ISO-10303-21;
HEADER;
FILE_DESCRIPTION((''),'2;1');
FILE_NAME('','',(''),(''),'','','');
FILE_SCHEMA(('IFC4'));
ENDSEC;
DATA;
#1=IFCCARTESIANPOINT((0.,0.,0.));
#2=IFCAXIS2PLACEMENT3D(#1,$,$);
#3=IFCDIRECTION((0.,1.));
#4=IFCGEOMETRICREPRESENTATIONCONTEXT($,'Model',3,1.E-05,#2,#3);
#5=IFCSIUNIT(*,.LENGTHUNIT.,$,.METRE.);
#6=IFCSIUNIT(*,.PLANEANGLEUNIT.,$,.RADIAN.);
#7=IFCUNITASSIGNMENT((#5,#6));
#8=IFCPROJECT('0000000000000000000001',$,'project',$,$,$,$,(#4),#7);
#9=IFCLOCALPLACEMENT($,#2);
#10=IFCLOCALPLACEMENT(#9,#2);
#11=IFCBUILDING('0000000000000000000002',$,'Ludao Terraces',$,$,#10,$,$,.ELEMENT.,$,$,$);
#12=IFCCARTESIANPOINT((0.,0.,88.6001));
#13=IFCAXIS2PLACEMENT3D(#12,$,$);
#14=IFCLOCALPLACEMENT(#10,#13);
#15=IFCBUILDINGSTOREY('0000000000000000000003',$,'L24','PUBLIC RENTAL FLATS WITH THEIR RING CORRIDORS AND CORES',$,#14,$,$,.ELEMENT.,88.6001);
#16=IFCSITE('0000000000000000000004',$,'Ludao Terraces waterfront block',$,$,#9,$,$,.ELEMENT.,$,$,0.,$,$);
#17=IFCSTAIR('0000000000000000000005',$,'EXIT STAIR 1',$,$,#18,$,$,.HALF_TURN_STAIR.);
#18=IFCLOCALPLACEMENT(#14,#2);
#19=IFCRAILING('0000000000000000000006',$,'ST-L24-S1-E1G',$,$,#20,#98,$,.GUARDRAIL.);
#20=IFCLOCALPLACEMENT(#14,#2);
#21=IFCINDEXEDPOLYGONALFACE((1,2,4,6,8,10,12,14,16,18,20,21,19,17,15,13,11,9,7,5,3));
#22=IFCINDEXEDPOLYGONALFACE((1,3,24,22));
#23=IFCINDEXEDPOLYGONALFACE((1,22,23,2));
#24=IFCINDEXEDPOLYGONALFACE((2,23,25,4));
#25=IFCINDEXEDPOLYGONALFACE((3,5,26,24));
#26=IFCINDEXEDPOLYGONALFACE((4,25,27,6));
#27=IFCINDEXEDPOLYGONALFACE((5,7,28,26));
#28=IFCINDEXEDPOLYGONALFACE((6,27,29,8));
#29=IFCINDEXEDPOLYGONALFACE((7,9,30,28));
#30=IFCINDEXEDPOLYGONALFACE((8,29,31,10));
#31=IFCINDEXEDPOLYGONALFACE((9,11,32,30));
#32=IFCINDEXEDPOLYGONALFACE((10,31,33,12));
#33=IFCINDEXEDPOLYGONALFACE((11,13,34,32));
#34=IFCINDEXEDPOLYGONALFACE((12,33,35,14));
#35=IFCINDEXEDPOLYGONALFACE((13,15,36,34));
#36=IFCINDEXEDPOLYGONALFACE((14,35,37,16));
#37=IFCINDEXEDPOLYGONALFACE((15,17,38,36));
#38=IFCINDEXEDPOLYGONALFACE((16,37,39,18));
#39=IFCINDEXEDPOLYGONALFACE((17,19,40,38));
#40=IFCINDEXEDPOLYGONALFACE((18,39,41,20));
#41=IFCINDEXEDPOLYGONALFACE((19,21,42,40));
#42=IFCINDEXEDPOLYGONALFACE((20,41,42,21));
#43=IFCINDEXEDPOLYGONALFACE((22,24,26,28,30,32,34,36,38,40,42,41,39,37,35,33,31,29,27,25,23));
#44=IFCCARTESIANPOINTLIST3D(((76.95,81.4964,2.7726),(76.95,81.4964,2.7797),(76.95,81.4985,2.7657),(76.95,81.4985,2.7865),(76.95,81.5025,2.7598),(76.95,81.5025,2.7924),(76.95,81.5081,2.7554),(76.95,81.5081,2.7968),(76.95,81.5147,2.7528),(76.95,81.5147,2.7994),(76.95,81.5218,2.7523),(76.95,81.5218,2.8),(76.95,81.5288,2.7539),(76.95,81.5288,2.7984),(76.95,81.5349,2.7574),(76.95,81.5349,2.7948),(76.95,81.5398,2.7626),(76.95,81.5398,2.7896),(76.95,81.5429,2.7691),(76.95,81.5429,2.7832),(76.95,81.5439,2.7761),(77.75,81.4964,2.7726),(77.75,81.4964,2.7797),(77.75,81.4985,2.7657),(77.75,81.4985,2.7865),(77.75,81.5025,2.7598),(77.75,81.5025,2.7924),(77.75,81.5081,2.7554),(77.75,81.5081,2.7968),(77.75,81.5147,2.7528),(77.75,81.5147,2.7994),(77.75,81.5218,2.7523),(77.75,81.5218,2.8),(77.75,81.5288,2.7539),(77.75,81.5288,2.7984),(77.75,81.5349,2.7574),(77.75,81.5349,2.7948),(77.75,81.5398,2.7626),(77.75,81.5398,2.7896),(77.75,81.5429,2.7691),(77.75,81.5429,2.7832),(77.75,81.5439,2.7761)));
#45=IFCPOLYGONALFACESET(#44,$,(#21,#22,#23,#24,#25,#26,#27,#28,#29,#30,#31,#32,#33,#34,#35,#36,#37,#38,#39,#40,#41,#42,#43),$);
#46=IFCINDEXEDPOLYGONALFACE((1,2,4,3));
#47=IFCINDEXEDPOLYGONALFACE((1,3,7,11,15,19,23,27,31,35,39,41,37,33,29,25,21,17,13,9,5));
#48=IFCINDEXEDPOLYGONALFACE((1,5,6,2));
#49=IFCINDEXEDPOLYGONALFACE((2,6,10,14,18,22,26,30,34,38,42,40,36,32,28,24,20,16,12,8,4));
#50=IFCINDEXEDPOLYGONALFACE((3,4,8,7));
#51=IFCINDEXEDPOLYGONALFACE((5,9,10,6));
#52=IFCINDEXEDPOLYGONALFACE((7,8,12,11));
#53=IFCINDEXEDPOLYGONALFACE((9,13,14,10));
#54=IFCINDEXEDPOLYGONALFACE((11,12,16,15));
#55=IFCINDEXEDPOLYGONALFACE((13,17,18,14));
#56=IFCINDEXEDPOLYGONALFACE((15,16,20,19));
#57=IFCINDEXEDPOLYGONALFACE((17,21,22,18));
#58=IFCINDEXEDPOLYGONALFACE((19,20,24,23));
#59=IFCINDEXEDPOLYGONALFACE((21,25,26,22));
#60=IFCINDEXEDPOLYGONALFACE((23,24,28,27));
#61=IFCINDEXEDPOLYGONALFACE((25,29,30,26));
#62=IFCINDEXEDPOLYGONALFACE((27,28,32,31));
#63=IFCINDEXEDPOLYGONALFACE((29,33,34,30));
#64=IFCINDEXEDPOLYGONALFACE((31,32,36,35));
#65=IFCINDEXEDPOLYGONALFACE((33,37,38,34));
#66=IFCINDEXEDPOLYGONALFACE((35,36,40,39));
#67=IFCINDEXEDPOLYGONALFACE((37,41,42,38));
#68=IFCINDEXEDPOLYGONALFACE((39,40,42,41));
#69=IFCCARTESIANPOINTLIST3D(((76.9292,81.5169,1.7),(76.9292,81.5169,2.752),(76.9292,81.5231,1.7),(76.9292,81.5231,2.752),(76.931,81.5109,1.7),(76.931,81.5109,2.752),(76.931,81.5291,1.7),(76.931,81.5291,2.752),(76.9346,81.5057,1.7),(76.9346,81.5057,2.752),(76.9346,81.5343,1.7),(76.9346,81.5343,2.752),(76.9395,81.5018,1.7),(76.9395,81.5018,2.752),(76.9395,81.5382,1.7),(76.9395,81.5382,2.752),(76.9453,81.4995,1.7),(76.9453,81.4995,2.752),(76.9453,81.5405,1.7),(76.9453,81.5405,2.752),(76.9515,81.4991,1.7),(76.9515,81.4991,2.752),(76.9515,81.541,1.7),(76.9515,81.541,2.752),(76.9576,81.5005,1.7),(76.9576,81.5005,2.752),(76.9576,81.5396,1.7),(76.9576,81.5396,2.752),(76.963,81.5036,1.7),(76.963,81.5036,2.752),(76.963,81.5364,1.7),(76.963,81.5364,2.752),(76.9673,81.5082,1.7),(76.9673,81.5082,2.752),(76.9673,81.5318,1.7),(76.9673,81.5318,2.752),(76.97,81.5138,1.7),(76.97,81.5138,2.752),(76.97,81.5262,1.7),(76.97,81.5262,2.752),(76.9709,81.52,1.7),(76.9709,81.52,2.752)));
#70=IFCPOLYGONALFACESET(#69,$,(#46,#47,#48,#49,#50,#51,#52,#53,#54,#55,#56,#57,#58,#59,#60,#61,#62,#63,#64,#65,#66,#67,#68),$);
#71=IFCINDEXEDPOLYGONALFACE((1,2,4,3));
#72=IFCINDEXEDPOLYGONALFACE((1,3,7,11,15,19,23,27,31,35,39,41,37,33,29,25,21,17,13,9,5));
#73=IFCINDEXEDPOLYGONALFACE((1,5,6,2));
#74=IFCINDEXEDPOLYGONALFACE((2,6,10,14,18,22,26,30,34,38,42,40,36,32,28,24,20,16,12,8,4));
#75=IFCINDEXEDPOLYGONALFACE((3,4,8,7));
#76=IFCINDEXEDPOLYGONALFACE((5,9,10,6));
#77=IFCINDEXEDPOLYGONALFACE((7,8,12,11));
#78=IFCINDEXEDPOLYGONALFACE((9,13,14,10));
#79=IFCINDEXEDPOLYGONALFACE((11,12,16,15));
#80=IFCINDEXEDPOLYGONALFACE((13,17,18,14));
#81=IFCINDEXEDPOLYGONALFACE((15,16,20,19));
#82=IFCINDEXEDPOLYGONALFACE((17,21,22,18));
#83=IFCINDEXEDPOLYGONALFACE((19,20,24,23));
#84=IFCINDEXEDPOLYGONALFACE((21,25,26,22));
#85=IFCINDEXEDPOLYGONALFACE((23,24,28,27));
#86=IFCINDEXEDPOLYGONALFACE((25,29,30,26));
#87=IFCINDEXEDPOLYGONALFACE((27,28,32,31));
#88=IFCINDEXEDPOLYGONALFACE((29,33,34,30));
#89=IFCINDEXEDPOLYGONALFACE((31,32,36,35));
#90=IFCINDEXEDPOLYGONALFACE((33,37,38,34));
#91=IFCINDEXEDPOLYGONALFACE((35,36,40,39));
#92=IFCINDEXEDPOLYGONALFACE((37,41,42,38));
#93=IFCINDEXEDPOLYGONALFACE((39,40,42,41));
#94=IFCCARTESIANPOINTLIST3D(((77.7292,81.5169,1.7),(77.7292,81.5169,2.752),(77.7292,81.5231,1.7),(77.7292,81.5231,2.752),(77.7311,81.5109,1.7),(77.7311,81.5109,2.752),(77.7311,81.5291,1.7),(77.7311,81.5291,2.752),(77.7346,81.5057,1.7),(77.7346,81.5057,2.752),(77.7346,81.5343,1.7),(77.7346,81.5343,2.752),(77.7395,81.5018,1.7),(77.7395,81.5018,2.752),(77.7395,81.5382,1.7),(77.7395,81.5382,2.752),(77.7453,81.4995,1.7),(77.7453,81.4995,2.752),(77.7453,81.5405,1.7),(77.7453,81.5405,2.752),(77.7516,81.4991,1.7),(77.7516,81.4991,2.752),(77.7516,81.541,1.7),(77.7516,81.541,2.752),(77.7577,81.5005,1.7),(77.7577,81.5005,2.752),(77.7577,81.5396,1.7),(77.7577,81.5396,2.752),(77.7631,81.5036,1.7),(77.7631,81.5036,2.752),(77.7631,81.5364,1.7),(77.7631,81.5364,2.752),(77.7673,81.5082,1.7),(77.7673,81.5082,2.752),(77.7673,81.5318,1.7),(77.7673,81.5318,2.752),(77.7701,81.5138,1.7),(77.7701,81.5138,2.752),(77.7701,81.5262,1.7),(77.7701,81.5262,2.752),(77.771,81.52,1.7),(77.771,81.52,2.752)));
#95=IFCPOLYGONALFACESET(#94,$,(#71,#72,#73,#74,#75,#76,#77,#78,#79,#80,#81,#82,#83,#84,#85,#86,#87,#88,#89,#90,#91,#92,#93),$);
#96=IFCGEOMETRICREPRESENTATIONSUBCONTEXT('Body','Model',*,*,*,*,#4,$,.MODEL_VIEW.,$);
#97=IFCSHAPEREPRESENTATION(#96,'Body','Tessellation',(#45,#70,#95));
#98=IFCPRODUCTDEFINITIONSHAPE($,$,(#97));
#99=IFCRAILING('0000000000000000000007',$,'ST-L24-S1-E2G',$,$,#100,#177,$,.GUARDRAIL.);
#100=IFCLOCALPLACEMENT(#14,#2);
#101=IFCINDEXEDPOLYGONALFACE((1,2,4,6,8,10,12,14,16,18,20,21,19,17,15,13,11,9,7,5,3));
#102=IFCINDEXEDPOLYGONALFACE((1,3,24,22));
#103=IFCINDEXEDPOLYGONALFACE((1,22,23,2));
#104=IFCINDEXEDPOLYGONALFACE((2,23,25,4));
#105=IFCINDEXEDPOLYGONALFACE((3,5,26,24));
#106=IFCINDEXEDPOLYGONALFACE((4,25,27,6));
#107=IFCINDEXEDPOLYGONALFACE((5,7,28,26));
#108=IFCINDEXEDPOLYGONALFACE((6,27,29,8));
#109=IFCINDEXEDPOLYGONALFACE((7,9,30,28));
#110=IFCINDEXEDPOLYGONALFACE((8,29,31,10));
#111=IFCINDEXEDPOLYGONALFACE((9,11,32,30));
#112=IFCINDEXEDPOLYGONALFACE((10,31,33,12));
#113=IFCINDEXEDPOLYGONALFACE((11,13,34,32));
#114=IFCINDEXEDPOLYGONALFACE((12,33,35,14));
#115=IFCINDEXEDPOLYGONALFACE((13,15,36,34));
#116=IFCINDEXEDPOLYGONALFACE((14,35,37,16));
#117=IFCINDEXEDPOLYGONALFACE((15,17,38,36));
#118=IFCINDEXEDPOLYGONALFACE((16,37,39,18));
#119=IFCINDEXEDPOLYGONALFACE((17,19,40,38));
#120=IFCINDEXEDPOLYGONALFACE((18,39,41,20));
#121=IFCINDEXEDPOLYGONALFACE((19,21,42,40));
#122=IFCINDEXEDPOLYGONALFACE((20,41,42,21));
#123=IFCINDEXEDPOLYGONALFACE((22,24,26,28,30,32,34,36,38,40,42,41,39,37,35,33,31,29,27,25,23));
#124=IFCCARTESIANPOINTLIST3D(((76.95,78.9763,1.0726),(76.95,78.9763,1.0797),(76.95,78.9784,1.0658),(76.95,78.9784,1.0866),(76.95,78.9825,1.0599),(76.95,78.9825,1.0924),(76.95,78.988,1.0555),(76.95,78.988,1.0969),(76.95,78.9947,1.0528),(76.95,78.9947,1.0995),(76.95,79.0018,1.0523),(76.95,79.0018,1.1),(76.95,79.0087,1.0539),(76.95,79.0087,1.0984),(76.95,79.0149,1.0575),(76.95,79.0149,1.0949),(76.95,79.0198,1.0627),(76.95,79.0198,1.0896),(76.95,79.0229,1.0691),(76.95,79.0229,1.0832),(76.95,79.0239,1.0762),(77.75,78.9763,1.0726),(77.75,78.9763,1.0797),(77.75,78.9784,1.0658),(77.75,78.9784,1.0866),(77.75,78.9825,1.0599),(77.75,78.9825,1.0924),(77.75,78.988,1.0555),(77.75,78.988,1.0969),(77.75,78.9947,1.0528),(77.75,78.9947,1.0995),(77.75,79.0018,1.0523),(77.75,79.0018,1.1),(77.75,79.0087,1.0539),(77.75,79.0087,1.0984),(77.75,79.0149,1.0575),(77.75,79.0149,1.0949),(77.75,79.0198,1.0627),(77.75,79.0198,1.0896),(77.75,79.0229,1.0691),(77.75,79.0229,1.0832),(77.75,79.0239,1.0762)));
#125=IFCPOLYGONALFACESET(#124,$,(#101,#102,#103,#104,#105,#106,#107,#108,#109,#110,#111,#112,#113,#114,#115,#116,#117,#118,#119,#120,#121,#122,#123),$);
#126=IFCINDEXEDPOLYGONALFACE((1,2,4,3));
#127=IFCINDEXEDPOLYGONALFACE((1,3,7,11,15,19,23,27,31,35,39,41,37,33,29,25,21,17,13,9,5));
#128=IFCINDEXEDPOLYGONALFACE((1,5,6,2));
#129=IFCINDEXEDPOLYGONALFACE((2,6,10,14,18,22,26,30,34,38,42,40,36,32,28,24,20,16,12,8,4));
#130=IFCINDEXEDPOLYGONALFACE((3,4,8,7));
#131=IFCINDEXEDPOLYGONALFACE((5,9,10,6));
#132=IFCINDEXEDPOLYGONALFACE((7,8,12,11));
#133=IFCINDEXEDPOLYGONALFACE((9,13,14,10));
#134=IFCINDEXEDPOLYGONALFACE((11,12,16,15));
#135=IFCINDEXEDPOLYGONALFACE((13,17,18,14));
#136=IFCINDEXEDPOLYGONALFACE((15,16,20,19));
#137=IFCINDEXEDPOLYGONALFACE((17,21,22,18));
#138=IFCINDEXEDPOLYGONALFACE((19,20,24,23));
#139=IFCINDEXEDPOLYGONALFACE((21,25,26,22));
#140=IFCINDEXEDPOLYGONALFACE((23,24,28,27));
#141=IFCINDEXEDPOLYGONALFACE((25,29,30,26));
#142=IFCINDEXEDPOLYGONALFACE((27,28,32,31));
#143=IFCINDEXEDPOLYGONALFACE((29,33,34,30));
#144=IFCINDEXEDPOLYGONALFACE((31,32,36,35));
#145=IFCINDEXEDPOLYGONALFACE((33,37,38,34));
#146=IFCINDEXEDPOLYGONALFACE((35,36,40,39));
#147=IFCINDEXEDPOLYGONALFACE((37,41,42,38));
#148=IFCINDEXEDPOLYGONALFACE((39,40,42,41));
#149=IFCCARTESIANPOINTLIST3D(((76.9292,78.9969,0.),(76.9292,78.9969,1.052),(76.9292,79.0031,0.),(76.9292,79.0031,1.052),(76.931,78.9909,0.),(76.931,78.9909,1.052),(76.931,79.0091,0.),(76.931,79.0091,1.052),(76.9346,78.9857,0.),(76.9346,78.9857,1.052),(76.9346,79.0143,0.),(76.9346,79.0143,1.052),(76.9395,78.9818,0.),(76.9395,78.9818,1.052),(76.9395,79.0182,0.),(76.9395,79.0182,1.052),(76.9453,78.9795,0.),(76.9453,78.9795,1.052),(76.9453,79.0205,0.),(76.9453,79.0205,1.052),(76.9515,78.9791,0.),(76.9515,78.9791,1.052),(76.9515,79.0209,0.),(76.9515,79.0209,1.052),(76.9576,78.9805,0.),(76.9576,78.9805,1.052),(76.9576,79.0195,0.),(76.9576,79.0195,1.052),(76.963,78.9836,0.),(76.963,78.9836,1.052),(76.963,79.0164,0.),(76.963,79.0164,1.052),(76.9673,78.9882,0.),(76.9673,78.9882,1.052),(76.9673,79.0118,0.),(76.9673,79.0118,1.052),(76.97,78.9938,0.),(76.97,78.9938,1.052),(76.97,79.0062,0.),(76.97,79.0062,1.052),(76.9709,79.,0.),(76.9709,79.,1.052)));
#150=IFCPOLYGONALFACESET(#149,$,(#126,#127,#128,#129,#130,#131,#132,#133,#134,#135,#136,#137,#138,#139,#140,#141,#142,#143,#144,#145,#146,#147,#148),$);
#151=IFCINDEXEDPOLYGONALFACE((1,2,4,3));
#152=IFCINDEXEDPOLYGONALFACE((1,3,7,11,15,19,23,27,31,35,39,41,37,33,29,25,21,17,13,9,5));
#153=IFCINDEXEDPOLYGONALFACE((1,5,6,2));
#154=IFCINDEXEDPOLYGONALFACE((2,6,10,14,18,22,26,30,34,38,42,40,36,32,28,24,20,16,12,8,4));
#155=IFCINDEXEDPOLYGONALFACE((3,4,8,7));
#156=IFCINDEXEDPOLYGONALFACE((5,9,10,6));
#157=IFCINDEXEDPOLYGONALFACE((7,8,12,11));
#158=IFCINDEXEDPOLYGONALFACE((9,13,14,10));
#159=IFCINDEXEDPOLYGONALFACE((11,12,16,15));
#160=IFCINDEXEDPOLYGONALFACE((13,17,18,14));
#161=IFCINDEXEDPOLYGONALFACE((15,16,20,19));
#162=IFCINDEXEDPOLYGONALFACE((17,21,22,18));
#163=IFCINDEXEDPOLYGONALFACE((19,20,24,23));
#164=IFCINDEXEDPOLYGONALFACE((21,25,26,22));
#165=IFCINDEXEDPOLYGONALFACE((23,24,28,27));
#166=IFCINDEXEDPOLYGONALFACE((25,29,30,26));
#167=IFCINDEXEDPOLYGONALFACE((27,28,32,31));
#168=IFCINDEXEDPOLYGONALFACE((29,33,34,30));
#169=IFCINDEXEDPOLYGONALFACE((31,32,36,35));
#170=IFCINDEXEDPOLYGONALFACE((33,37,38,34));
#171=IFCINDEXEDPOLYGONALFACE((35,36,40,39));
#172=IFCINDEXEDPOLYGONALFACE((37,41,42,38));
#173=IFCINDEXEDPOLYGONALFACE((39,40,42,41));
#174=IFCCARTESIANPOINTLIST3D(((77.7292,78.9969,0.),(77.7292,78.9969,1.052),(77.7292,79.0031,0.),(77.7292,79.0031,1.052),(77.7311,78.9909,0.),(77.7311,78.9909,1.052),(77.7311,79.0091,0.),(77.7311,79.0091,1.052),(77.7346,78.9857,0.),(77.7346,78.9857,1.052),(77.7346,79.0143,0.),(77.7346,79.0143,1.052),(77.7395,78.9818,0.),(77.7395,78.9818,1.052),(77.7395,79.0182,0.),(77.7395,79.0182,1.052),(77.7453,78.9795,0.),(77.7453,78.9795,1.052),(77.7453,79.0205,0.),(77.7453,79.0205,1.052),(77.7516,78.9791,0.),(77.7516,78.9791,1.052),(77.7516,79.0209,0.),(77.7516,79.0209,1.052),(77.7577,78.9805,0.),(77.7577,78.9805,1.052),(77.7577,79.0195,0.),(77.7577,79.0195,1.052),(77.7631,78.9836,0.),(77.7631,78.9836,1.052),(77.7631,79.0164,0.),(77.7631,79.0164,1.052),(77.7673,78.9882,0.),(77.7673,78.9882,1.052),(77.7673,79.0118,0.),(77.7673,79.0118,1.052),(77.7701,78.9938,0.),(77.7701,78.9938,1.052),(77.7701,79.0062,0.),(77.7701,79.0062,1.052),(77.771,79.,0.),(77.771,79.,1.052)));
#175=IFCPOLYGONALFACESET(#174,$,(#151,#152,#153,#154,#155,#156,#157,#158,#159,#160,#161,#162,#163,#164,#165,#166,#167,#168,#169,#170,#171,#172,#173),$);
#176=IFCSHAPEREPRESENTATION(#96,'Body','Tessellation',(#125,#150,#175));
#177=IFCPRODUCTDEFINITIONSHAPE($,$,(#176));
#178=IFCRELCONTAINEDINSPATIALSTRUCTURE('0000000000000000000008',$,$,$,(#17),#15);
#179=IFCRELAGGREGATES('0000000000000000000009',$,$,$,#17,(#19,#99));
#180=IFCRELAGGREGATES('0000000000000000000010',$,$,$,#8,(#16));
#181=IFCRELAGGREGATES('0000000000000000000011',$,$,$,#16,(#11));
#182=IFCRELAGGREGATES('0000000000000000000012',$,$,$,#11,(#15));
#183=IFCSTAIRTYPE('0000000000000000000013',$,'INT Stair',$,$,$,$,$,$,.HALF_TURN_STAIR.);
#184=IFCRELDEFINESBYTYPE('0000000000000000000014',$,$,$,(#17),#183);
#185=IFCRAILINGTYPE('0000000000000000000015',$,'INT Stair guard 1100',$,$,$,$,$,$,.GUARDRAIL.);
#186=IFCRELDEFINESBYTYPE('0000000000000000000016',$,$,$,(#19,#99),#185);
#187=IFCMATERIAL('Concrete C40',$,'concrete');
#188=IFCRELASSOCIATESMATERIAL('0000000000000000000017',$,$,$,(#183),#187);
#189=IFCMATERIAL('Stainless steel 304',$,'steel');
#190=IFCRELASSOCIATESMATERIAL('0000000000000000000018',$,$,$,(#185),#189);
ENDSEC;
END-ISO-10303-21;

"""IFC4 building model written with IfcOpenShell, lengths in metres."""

from ifc_helpers import new_model, si_unit, direction, frame, origin, origin_2d, place, context, subcontext, project, spatial, circle, extrude, material, type_object, element, aggregate, save


model = new_model("IFC4")

# Units and contexts
model_context = context("Model", 3, precision=1e-05, world=origin(), true_north=direction((0.0, 1.0)))
body_context = subcontext(model_context, "Body", "Model", "MODEL_VIEW")
ifc_project = project(units=[si_unit("LENGTHUNIT", "METRE"), si_unit("PLANEANGLEUNIT", "RADIAN")], contexts=[model_context])

# Site, building, storey
site_placement = place(None, origin())
site = spatial("IfcSite", under=ifc_project, at=site_placement, Name="Ludao Terraces waterfront block", CompositionType="ELEMENT", RefElevation=0.0)
building_placement = place(site_placement, origin())
building = spatial("IfcBuilding", under=site, at=building_placement, Name="Ludao Terraces", CompositionType="ELEMENT")
storey_placement = place(building_placement, frame((0.0, 0.0, 88.6001)))
storey = spatial("IfcBuildingStorey", under=building, at=storey_placement, Name="L24", Description="PUBLIC RENTAL FLATS WITH THEIR RING CORRIDORS AND CORES", CompositionType="ELEMENT", Elevation=88.6001)

# Shared definitions
ifc_material_1 = material(Name="Stainless steel 304", Category="steel")

# Stair, railings
ifc_material_2 = material(Name="Concrete C40", Category="concrete")
stair_type = type_object("IfcStairType", Name="INT Stair", PredefinedType="HALF_TURN_STAIR", material=ifc_material_2)
stair_placement = place(storey_placement, origin())
stair = element("IfcStair", 1, at=stair_placement, inside=storey, type_object=stair_type, Name="EXIT STAIR 1", PredefinedType="HALF_TURN_STAIR")
railing_type_1 = type_object("IfcRailingType", Name="INT Stair guard 1100", PredefinedType="GUARDRAIL", material=ifc_material_1)
railing_1_placement = place(storey_placement, frame((76.95, 81.52, 1.7)))
railing_1 = element("IfcRailing", 2, at=railing_1_placement, type_object=railing_type_1, Name="ST-L24-S1-E1G", PredefinedType="GUARDRAIL", context=body_context, shape_type="SweptSolid", body=[
    extrude(circle(Radius=0.0239, at=origin_2d()), frame((0.0, 0.0, 1.0762), z_axis=(1.0, 0.0, 0.0), x_axis=(0.0, 1.0, 0.0)), (0.0, 0.0, 1.0), 0.8),
    extrude(circle(Radius=0.021, at=origin_2d()), origin(), (0.0, 0.0, 1.0), 1.052),
    extrude(circle(Radius=0.021, at=origin_2d()), frame((0.8, 0.0, 0.0)), (0.0, 0.0, 1.0), 1.052),
])
railing_2_placement = place(storey_placement, frame((76.95, 79.0, 0.0)))
railing_2 = element("IfcRailing", 3, at=railing_2_placement, type_object=railing_type_1, Name="ST-L24-S1-E2G", PredefinedType="GUARDRAIL", context=body_context, shape_type="SweptSolid", body=[
    extrude(circle(Radius=0.0239, at=origin_2d()), frame((0.0, 0.0, 1.0762), z_axis=(1.0, 0.0, 0.0), x_axis=(0.0, 1.0, 0.0)), (0.0, 0.0, 1.0), 0.8),
    extrude(circle(Radius=0.021, at=origin_2d()), origin(), (0.0, 0.0, 1.0), 1.052),
    extrude(circle(Radius=0.021, at=origin_2d()), frame((0.8, 0.0, 0.0)), (0.0, 0.0, 1.0), 1.052),
])
aggregate(stair, [railing_1, railing_2])

save(model, "model.ifc")
